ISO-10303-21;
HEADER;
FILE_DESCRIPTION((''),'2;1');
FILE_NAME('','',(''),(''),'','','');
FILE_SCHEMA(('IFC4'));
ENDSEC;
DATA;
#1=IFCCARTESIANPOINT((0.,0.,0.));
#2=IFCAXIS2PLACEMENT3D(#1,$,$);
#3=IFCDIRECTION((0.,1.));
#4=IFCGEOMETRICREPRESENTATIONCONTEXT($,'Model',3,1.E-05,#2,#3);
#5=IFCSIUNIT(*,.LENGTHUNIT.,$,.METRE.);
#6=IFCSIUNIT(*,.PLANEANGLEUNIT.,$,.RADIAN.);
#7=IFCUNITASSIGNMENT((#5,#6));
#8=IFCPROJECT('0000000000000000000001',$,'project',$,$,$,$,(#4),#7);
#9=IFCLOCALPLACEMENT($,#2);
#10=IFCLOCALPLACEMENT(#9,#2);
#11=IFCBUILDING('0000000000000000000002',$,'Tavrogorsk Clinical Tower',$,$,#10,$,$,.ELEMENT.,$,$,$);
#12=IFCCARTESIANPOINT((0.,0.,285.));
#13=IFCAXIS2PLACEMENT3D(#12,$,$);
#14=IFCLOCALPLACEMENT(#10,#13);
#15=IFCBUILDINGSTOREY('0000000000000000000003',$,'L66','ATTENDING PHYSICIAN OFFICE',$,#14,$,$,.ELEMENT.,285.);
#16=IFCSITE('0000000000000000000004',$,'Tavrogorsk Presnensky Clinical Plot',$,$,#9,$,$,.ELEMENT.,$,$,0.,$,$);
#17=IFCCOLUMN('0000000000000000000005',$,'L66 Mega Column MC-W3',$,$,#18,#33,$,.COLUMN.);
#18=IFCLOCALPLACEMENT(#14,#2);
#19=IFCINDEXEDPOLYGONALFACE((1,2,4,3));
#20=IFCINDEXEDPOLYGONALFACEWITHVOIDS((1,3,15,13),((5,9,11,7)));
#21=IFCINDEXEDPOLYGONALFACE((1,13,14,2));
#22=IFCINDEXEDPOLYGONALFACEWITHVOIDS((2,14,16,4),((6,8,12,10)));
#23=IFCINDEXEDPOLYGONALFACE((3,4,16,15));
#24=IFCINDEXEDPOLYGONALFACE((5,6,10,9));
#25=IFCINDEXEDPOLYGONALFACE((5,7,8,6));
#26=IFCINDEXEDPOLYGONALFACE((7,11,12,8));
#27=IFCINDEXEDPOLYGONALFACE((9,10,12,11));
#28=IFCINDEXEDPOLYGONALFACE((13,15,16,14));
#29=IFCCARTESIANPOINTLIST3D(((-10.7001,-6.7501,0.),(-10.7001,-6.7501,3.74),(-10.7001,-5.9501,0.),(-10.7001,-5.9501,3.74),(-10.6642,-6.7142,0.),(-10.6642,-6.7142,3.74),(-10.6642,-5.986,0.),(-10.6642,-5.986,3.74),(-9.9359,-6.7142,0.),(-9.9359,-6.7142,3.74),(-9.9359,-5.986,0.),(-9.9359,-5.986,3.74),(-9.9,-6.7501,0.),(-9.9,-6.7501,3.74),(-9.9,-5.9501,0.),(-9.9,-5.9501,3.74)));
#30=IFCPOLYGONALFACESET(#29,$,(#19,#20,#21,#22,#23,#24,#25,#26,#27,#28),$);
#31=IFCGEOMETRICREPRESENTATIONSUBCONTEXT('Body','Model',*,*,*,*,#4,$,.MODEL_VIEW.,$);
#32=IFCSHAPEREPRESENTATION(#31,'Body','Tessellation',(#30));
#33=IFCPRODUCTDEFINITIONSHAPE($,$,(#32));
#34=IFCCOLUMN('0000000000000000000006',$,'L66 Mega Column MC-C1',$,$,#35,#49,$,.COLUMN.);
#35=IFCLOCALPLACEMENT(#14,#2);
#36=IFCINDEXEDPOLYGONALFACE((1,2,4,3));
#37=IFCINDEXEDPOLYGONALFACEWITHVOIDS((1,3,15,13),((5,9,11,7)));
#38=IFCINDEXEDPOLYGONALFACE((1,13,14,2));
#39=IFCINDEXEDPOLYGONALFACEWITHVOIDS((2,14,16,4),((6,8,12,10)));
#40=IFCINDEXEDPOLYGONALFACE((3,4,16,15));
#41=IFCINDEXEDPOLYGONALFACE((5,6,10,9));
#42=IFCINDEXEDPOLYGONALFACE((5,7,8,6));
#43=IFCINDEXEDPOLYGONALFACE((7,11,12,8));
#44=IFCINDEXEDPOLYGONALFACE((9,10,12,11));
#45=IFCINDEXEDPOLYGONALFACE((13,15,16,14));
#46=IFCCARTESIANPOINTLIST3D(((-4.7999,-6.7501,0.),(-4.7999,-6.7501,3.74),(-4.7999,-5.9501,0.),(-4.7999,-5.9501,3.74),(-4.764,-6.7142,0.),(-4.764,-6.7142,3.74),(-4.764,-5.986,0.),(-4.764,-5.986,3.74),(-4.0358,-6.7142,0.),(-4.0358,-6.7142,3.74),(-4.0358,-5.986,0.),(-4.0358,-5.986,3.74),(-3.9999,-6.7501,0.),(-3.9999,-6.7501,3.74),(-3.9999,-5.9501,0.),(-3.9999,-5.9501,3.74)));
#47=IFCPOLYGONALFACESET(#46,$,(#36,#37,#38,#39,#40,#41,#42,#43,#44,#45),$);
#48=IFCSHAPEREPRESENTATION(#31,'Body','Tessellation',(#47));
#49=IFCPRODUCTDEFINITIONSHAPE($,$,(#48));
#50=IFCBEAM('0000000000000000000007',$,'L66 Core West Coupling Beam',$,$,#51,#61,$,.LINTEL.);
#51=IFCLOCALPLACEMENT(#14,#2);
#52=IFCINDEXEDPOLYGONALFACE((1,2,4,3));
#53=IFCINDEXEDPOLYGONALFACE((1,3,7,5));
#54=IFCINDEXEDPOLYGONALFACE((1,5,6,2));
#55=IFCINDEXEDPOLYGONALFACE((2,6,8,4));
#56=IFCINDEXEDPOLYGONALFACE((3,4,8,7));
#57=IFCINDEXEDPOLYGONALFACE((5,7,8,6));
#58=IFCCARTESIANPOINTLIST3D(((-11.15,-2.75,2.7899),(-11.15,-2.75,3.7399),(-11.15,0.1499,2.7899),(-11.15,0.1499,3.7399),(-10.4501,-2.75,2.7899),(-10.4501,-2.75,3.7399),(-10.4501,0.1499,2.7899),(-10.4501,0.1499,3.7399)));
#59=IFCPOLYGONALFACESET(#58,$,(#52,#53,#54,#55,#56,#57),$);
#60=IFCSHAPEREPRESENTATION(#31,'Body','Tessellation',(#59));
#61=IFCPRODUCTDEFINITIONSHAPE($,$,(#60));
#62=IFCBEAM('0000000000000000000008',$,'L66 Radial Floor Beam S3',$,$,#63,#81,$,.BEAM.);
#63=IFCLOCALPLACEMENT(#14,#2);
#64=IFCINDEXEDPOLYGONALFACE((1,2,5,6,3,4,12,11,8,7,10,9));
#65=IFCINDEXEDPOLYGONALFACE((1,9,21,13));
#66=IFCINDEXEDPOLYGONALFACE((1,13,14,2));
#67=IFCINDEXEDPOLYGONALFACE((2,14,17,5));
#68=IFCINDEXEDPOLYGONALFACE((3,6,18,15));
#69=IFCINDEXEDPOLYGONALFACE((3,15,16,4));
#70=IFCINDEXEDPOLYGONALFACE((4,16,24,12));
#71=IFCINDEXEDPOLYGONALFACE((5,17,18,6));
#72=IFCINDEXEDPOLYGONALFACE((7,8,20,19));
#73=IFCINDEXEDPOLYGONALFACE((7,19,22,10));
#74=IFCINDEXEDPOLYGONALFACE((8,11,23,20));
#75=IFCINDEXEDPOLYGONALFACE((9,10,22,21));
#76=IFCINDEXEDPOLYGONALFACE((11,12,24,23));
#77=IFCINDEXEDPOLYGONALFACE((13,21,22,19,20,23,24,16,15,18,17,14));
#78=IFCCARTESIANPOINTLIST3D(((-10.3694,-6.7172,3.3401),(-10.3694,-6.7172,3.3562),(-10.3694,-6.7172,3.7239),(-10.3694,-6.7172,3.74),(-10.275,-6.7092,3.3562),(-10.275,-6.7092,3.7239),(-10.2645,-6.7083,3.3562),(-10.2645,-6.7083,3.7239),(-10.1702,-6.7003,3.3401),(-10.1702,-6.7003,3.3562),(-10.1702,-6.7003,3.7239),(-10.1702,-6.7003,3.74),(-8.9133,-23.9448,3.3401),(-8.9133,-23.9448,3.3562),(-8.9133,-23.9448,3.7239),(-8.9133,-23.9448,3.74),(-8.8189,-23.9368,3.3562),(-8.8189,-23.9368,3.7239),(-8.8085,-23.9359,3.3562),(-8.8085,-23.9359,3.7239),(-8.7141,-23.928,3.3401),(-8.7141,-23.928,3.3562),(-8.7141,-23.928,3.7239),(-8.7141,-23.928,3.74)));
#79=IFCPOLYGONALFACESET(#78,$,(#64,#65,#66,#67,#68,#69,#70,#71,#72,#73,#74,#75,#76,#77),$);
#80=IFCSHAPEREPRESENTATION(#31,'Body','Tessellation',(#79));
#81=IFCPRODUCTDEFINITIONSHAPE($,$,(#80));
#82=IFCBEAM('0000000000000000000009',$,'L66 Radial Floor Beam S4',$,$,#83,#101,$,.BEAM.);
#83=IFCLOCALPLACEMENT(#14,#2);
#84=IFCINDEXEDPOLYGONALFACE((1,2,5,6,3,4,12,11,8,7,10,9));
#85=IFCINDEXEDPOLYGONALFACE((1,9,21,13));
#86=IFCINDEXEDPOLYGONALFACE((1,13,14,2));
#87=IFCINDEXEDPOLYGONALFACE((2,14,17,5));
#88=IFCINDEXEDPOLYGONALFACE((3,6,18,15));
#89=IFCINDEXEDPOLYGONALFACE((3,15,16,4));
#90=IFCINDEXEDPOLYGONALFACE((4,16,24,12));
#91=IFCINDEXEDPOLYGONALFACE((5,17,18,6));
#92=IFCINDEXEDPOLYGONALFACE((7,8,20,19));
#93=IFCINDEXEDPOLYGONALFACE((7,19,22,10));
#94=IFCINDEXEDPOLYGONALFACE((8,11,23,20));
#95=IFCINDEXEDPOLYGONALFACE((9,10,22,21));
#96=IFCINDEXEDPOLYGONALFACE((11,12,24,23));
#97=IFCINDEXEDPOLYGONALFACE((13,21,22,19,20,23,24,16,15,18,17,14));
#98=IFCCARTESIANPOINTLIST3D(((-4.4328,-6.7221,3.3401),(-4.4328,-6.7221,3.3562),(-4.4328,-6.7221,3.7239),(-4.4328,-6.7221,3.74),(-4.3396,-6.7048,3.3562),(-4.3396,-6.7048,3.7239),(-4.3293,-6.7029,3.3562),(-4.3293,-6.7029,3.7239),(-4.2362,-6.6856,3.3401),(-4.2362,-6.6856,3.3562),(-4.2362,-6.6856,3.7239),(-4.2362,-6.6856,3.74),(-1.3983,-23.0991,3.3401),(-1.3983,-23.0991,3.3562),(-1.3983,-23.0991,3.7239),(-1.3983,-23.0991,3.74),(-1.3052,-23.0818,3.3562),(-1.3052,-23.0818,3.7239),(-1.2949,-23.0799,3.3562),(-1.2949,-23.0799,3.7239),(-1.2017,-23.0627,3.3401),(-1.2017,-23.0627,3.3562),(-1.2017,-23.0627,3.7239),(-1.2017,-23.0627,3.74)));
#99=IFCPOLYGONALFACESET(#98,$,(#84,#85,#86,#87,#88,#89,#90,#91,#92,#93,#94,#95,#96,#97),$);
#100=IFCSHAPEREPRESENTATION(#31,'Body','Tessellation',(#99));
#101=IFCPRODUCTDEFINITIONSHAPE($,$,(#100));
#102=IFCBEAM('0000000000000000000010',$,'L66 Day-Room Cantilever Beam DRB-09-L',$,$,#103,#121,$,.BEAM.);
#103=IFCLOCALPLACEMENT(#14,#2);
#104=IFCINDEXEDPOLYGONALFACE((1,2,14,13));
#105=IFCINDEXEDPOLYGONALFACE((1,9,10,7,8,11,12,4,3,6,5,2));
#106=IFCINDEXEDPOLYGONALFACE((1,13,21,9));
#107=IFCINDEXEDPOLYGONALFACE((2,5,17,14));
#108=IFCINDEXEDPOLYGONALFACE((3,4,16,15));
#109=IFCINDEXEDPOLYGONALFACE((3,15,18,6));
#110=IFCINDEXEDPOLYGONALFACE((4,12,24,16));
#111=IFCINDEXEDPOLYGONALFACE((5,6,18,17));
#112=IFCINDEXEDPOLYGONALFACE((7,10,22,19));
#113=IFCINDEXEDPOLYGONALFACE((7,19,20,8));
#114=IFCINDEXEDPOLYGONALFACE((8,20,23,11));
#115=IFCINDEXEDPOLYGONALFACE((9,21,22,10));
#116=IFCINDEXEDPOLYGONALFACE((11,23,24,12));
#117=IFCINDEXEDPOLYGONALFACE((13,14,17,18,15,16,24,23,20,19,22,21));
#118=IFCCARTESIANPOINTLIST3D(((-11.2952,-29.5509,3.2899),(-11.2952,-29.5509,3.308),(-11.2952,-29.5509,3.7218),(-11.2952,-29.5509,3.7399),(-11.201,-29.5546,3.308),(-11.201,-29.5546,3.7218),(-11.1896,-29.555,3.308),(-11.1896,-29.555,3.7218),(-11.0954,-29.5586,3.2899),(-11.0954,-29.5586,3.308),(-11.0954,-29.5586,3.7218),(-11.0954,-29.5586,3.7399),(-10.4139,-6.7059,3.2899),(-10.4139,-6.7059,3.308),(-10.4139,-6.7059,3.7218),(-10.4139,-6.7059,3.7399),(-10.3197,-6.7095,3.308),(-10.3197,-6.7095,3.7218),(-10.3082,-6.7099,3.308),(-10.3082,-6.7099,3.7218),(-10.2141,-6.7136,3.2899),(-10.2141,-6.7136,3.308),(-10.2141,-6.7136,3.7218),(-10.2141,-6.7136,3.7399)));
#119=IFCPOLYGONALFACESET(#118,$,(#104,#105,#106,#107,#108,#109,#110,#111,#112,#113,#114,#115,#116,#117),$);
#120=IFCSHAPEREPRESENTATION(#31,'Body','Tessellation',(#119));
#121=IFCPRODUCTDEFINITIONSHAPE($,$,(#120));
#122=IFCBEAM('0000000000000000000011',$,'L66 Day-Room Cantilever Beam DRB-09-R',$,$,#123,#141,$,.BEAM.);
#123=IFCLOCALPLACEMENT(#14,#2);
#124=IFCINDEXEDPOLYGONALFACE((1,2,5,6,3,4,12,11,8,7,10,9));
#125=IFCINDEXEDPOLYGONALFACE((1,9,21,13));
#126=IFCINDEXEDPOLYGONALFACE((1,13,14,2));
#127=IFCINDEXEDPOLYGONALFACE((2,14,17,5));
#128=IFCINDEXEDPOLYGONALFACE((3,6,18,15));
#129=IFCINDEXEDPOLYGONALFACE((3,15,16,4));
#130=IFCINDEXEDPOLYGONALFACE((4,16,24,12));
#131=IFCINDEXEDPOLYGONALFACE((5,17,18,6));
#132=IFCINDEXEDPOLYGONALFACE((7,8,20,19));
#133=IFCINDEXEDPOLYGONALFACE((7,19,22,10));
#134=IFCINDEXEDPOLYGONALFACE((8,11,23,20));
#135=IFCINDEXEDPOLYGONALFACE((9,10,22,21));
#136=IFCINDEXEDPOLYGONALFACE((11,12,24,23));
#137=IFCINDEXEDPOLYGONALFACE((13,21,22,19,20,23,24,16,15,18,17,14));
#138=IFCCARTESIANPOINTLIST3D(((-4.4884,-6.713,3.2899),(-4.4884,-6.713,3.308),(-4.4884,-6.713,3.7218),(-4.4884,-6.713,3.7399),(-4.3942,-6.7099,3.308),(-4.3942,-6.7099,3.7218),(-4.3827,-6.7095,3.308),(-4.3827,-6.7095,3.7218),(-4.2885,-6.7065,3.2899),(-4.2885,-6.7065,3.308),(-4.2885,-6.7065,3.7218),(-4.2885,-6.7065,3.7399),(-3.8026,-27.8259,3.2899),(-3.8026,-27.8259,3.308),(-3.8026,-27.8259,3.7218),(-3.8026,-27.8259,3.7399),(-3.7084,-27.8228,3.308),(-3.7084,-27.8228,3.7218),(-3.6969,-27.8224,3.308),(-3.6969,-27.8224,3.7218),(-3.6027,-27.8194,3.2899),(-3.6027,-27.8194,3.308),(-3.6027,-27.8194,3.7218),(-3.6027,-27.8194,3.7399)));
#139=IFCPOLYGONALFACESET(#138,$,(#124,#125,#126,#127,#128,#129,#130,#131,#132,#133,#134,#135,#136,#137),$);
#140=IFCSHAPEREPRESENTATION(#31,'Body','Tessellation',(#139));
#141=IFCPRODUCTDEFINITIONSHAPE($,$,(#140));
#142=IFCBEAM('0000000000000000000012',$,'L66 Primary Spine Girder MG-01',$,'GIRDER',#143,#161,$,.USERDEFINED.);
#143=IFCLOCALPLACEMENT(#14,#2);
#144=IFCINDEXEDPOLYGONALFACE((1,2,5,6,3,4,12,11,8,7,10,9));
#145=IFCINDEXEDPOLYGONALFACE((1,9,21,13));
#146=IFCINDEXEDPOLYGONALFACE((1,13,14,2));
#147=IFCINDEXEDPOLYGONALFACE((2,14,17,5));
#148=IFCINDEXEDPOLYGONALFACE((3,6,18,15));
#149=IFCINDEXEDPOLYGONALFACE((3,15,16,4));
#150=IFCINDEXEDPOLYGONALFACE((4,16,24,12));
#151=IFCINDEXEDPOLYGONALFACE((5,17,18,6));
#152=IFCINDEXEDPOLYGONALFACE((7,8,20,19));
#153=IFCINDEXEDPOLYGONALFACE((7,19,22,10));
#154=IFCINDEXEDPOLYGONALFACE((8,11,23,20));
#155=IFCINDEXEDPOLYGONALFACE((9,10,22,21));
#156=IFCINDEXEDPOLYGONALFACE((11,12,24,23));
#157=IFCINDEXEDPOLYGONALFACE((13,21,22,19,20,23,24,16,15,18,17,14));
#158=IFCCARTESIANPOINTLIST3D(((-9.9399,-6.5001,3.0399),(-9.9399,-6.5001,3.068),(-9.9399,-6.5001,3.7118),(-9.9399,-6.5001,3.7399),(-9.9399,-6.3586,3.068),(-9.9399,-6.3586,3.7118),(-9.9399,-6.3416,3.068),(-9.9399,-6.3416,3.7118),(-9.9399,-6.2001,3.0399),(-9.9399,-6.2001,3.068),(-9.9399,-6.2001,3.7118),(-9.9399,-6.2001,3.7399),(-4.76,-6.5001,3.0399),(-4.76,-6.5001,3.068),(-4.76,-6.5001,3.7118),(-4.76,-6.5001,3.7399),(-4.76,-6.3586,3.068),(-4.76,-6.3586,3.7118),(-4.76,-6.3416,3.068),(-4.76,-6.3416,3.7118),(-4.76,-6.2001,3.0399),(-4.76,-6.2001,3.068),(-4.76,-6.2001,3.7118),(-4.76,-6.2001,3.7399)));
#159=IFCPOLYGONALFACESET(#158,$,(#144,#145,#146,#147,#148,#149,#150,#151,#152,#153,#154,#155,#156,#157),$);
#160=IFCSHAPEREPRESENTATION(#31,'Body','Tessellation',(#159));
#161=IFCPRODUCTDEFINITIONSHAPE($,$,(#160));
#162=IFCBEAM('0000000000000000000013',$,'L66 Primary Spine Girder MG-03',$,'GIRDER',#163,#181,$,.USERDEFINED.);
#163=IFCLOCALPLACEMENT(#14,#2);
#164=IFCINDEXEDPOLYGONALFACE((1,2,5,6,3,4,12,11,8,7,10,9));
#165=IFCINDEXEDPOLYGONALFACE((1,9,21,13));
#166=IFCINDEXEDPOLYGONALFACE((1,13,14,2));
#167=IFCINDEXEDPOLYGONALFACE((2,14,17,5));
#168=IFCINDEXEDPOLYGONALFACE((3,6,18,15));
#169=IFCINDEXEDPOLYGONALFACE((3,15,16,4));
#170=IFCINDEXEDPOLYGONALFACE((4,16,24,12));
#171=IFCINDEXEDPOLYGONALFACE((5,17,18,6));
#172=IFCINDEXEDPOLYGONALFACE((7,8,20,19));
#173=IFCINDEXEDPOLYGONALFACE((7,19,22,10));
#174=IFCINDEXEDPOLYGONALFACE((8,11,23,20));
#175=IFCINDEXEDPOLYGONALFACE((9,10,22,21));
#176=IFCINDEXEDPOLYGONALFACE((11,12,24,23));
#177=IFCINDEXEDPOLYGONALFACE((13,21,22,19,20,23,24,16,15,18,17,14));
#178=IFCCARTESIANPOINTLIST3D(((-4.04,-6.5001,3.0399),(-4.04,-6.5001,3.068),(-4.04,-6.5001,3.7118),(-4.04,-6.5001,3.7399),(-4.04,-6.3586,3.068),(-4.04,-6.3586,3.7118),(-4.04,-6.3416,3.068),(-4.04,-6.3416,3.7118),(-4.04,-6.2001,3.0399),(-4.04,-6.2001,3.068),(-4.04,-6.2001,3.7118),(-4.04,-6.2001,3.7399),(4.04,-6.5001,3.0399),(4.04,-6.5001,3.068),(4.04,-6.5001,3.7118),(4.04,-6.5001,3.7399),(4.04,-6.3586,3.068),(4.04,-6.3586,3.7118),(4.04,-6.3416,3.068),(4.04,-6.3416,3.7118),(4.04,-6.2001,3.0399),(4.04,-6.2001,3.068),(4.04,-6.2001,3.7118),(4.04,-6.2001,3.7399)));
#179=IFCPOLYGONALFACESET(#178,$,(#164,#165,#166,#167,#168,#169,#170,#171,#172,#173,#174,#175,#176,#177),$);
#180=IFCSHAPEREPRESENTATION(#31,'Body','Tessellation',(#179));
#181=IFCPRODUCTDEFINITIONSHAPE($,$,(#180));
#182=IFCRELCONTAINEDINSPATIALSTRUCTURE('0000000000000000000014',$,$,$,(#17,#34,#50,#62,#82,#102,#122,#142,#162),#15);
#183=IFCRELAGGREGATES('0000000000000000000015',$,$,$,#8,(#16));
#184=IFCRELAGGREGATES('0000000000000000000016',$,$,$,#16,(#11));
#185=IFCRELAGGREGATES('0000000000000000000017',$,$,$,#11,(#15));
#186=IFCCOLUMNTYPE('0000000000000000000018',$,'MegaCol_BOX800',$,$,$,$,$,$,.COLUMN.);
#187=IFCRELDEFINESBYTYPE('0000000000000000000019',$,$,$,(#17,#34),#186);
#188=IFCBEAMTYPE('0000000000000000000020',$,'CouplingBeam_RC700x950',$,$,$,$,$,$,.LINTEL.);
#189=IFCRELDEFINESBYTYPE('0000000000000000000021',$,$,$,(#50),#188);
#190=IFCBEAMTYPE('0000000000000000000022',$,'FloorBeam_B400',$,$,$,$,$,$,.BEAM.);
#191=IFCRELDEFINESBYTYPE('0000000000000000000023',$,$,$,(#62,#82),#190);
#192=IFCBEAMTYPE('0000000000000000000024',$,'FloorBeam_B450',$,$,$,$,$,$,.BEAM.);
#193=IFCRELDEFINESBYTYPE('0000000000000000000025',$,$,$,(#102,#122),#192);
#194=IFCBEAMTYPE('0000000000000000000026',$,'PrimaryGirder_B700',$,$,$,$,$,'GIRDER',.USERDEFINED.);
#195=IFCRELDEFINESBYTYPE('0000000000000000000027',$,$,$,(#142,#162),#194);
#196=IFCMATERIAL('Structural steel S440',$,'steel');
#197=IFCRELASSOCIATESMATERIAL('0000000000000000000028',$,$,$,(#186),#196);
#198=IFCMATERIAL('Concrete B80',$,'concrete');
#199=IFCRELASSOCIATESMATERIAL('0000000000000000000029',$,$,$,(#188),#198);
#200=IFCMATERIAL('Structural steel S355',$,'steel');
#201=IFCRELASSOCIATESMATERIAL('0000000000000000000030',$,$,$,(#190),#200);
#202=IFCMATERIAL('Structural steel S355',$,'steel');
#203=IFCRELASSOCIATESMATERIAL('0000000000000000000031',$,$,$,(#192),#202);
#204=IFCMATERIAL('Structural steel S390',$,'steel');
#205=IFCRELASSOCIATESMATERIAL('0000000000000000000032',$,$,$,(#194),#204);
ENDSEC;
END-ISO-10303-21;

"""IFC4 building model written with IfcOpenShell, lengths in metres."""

from ifc_helpers import new_model, si_unit, direction, frame, origin, origin_2d, place, context, subcontext, project, spatial, rectangle, hollow_rectangle, i_section, extrude, material, material_profile, profile_set, type_object, element, save


model = new_model("IFC4")

# Units and contexts
model_context = context("Model", 3, precision=1e-05, world=origin(), true_north=direction((0.0, 1.0)))
body_context = subcontext(model_context, "Body", "Model", "MODEL_VIEW")
ifc_project = project(units=[si_unit("LENGTHUNIT", "METRE"), si_unit("PLANEANGLEUNIT", "RADIAN")], contexts=[model_context])

# Site, building, storey
site_placement = place(None, origin())
site = spatial("IfcSite", under=ifc_project, at=site_placement, Name="Tavrogorsk Presnensky Clinical Plot", CompositionType="ELEMENT", RefElevation=0.0)
building_placement = place(site_placement, origin())
building = spatial("IfcBuilding", under=site, at=building_placement, Name="Tavrogorsk Clinical Tower", CompositionType="ELEMENT")
storey_placement = place(building_placement, frame((0.0, 0.0, 285.0)))
storey = spatial("IfcBuildingStorey", under=building, at=storey_placement, Name="L66", Description="ATTENDING PHYSICIAN OFFICE", CompositionType="ELEMENT", Elevation=285.0)

# Columns
ifc_material_1 = material(Name="Structural steel S440", Category="steel")
ifc_material_profile_1 = material_profile(ifc_material_1, hollow_rectangle(XDim=0.8, YDim=0.8, WallThickness=0.0359, at=origin_2d()), Name="BOX-800x800x36")
ifc_profile_set_1 = profile_set([ifc_material_profile_1], Name="Structural steel S440")
column_type = type_object("IfcColumnType", Name="MegaCol_BOX800", PredefinedType="COLUMN", material=ifc_profile_set_1)
for number, where, z_axis, x_axis, name in (
    (1, (-10.3, -6.3501, 0.0), (0.0, 0.0, 1.0), (1.0, 0.0, 0.0), "L66 Mega Column MC-W3"),
    (2, (-4.3999, -6.3501, 0.0), (0.0, 0.0, 1.0), (1.0, 0.0, 0.0), "L66 Mega Column MC-C1"),
):
    element("IfcColumn", number, at=place(storey_placement, frame(where, z_axis=z_axis, x_axis=x_axis)), inside=storey, type_object=column_type, Name=name, PredefinedType="COLUMN", context=body_context, shape_type="SweptSolid", body=[
        extrude(hollow_rectangle(XDim=0.8, YDim=0.8, WallThickness=0.0359, at=origin_2d()), origin(), (0.0, 0.0, 1.0), 3.74),
    ])

# Beams
ifc_material_2 = material(Name="Concrete B80", Category="concrete")
ifc_material_profile_2 = material_profile(ifc_material_2, rectangle(XDim=0.7, YDim=0.95, at=origin_2d()), Name="RC-CB-700x950")
ifc_profile_set_2 = profile_set([ifc_material_profile_2], Name="Concrete B80")
beam_type_1 = type_object("IfcBeamType", Name="CouplingBeam_RC700x950", PredefinedType="LINTEL", material=ifc_profile_set_2)
beam_1_placement = place(storey_placement, frame((-10.8, -2.75, 3.2649), z_axis=(0.0, 1.0, 0.0), x_axis=(-1.0, 0.0, 0.0)))
element("IfcBeam", 3, at=beam_1_placement, inside=storey, type_object=beam_type_1, Name="L66 Core West Coupling Beam", PredefinedType="LINTEL", context=body_context, shape_type="SweptSolid", body=[
    extrude(rectangle(XDim=0.7, YDim=0.95, at=origin_2d()), origin(), (0.0, 0.0, 1.0), 2.8999),
])
ifc_material_3 = material(Name="Structural steel S355", Category="steel")
ifc_material_profile_3 = material_profile(ifc_material_3, i_section(OverallWidth=0.2, OverallDepth=0.3999, WebThickness=0.0105, FlangeThickness=0.0161, at=origin_2d()), Name="B-400x200x10.5x16")
ifc_profile_set_3 = profile_set([ifc_material_profile_3], Name="Structural steel S355")
beam_type_2 = type_object("IfcBeamType", Name="FloorBeam_B400", PredefinedType="BEAM", material=ifc_profile_set_3)
beam_2_placement = place(storey_placement, frame((-10.2698, -6.7087, 3.54), z_axis=(0.084219, -0.996447, 0.0), x_axis=(0.996447, 0.084219, 0.0)))
element("IfcBeam", 4, at=beam_2_placement, inside=storey, type_object=beam_type_2, Name="L66 Radial Floor Beam S3", PredefinedType="BEAM", context=body_context, shape_type="SweptSolid", body=[
    extrude(i_section(OverallWidth=0.2, OverallDepth=0.3999, WebThickness=0.0105, FlangeThickness=0.0161, at=origin_2d()), origin(), (0.0, 0.0, 1.0), 17.2891),
])
beam_3_placement = place(storey_placement, frame((-4.3345, -6.7039, 3.54), z_axis=(0.182185, -0.983264, 0.0), x_axis=(0.983264, 0.182185, 0.0)))
element("IfcBeam", 5, at=beam_3_placement, inside=storey, type_object=beam_type_2, Name="L66 Radial Floor Beam S4", PredefinedType="BEAM", context=body_context, shape_type="SweptSolid", body=[
    extrude(i_section(OverallWidth=0.2, OverallDepth=0.3999, WebThickness=0.0105, FlangeThickness=0.0161, at=origin_2d()), origin(), (0.0, 0.0, 1.0), 16.6558),
])
ifc_material_4 = material(Name="Structural steel S355", Category="steel")
ifc_material_profile_4 = material_profile(ifc_material_4, i_section(OverallWidth=0.2, OverallDepth=0.45, WebThickness=0.0115, FlangeThickness=0.0181, at=origin_2d()), Name="B-450x200x11.5x18")
ifc_profile_set_4 = profile_set([ifc_material_profile_4], Name="Structural steel S355")
beam_type_3 = type_object("IfcBeamType", Name="FloorBeam_B450", PredefinedType="BEAM", material=ifc_profile_set_4)
beam_4_placement = place(storey_placement, frame((-10.314, -6.7097, 3.5149), z_axis=(-0.038551, -0.999257, 0.0), x_axis=(0.999257, -0.038551, 0.0)))
element("IfcBeam", 6, at=beam_4_placement, inside=storey, type_object=beam_type_3, Name="L66 Day-Room Cantilever Beam DRB-09-L", PredefinedType="BEAM", context=body_context, shape_type="SweptSolid", body=[
    extrude(i_section(OverallWidth=0.2, OverallDepth=0.45, WebThickness=0.0115, FlangeThickness=0.0181, at=origin_2d()), origin(), (0.0, 0.0, 1.0), 22.8621),
])
beam_5_placement = place(storey_placement, frame((-4.3884, -6.7097, 3.5149), z_axis=(0.032465, -0.999473, 0.0), x_axis=(0.999473, 0.032465, 0.0)))
element("IfcBeam", 7, at=beam_5_placement, inside=storey, type_object=beam_type_3, Name="L66 Day-Room Cantilever Beam DRB-09-R", PredefinedType="BEAM", context=body_context, shape_type="SweptSolid", body=[
    extrude(i_section(OverallWidth=0.2, OverallDepth=0.45, WebThickness=0.0115, FlangeThickness=0.0181, at=origin_2d()), origin(), (0.0, 0.0, 1.0), 21.124),
])
ifc_material_5 = material(Name="Structural steel S390", Category="steel")
ifc_material_profile_5 = material_profile(ifc_material_5, i_section(OverallWidth=0.3, OverallDepth=0.7, WebThickness=0.0171, FlangeThickness=0.0281, at=origin_2d()), Name="B-700x300x17x28")
ifc_profile_set_5 = profile_set([ifc_material_profile_5], Name="Structural steel S390")
beam_type_4 = type_object("IfcBeamType", Name="PrimaryGirder_B700", ElementType="GIRDER", PredefinedType="USERDEFINED", material=ifc_profile_set_5)
beam_6_placement = place(storey_placement, frame((-9.9399, -6.3501, 3.3899), z_axis=(1.0, 0.0, 0.0), x_axis=(0.0, 1.0, 0.0)))
element("IfcBeam", 8, at=beam_6_placement, inside=storey, type_object=beam_type_4, Name="L66 Primary Spine Girder MG-01", ObjectType="GIRDER", PredefinedType="USERDEFINED", context=body_context, shape_type="SweptSolid", body=[
    extrude(i_section(OverallWidth=0.3, OverallDepth=0.7, WebThickness=0.0171, FlangeThickness=0.0281, at=origin_2d()), origin(), (0.0, 0.0, 1.0), 5.1799),
])
beam_7_placement = place(storey_placement, frame((-4.04, -6.3501, 3.3899), z_axis=(1.0, 0.0, 0.0), x_axis=(0.0, 1.0, 0.0)))
element("IfcBeam", 9, at=beam_7_placement, inside=storey, type_object=beam_type_4, Name="L66 Primary Spine Girder MG-03", ObjectType="GIRDER", PredefinedType="USERDEFINED", context=body_context, shape_type="SweptSolid", body=[
    extrude(i_section(OverallWidth=0.3, OverallDepth=0.7, WebThickness=0.0171, FlangeThickness=0.0281, at=origin_2d()), origin(), (0.0, 0.0, 1.0), 8.0801),
])

save(model, "model.ifc")
